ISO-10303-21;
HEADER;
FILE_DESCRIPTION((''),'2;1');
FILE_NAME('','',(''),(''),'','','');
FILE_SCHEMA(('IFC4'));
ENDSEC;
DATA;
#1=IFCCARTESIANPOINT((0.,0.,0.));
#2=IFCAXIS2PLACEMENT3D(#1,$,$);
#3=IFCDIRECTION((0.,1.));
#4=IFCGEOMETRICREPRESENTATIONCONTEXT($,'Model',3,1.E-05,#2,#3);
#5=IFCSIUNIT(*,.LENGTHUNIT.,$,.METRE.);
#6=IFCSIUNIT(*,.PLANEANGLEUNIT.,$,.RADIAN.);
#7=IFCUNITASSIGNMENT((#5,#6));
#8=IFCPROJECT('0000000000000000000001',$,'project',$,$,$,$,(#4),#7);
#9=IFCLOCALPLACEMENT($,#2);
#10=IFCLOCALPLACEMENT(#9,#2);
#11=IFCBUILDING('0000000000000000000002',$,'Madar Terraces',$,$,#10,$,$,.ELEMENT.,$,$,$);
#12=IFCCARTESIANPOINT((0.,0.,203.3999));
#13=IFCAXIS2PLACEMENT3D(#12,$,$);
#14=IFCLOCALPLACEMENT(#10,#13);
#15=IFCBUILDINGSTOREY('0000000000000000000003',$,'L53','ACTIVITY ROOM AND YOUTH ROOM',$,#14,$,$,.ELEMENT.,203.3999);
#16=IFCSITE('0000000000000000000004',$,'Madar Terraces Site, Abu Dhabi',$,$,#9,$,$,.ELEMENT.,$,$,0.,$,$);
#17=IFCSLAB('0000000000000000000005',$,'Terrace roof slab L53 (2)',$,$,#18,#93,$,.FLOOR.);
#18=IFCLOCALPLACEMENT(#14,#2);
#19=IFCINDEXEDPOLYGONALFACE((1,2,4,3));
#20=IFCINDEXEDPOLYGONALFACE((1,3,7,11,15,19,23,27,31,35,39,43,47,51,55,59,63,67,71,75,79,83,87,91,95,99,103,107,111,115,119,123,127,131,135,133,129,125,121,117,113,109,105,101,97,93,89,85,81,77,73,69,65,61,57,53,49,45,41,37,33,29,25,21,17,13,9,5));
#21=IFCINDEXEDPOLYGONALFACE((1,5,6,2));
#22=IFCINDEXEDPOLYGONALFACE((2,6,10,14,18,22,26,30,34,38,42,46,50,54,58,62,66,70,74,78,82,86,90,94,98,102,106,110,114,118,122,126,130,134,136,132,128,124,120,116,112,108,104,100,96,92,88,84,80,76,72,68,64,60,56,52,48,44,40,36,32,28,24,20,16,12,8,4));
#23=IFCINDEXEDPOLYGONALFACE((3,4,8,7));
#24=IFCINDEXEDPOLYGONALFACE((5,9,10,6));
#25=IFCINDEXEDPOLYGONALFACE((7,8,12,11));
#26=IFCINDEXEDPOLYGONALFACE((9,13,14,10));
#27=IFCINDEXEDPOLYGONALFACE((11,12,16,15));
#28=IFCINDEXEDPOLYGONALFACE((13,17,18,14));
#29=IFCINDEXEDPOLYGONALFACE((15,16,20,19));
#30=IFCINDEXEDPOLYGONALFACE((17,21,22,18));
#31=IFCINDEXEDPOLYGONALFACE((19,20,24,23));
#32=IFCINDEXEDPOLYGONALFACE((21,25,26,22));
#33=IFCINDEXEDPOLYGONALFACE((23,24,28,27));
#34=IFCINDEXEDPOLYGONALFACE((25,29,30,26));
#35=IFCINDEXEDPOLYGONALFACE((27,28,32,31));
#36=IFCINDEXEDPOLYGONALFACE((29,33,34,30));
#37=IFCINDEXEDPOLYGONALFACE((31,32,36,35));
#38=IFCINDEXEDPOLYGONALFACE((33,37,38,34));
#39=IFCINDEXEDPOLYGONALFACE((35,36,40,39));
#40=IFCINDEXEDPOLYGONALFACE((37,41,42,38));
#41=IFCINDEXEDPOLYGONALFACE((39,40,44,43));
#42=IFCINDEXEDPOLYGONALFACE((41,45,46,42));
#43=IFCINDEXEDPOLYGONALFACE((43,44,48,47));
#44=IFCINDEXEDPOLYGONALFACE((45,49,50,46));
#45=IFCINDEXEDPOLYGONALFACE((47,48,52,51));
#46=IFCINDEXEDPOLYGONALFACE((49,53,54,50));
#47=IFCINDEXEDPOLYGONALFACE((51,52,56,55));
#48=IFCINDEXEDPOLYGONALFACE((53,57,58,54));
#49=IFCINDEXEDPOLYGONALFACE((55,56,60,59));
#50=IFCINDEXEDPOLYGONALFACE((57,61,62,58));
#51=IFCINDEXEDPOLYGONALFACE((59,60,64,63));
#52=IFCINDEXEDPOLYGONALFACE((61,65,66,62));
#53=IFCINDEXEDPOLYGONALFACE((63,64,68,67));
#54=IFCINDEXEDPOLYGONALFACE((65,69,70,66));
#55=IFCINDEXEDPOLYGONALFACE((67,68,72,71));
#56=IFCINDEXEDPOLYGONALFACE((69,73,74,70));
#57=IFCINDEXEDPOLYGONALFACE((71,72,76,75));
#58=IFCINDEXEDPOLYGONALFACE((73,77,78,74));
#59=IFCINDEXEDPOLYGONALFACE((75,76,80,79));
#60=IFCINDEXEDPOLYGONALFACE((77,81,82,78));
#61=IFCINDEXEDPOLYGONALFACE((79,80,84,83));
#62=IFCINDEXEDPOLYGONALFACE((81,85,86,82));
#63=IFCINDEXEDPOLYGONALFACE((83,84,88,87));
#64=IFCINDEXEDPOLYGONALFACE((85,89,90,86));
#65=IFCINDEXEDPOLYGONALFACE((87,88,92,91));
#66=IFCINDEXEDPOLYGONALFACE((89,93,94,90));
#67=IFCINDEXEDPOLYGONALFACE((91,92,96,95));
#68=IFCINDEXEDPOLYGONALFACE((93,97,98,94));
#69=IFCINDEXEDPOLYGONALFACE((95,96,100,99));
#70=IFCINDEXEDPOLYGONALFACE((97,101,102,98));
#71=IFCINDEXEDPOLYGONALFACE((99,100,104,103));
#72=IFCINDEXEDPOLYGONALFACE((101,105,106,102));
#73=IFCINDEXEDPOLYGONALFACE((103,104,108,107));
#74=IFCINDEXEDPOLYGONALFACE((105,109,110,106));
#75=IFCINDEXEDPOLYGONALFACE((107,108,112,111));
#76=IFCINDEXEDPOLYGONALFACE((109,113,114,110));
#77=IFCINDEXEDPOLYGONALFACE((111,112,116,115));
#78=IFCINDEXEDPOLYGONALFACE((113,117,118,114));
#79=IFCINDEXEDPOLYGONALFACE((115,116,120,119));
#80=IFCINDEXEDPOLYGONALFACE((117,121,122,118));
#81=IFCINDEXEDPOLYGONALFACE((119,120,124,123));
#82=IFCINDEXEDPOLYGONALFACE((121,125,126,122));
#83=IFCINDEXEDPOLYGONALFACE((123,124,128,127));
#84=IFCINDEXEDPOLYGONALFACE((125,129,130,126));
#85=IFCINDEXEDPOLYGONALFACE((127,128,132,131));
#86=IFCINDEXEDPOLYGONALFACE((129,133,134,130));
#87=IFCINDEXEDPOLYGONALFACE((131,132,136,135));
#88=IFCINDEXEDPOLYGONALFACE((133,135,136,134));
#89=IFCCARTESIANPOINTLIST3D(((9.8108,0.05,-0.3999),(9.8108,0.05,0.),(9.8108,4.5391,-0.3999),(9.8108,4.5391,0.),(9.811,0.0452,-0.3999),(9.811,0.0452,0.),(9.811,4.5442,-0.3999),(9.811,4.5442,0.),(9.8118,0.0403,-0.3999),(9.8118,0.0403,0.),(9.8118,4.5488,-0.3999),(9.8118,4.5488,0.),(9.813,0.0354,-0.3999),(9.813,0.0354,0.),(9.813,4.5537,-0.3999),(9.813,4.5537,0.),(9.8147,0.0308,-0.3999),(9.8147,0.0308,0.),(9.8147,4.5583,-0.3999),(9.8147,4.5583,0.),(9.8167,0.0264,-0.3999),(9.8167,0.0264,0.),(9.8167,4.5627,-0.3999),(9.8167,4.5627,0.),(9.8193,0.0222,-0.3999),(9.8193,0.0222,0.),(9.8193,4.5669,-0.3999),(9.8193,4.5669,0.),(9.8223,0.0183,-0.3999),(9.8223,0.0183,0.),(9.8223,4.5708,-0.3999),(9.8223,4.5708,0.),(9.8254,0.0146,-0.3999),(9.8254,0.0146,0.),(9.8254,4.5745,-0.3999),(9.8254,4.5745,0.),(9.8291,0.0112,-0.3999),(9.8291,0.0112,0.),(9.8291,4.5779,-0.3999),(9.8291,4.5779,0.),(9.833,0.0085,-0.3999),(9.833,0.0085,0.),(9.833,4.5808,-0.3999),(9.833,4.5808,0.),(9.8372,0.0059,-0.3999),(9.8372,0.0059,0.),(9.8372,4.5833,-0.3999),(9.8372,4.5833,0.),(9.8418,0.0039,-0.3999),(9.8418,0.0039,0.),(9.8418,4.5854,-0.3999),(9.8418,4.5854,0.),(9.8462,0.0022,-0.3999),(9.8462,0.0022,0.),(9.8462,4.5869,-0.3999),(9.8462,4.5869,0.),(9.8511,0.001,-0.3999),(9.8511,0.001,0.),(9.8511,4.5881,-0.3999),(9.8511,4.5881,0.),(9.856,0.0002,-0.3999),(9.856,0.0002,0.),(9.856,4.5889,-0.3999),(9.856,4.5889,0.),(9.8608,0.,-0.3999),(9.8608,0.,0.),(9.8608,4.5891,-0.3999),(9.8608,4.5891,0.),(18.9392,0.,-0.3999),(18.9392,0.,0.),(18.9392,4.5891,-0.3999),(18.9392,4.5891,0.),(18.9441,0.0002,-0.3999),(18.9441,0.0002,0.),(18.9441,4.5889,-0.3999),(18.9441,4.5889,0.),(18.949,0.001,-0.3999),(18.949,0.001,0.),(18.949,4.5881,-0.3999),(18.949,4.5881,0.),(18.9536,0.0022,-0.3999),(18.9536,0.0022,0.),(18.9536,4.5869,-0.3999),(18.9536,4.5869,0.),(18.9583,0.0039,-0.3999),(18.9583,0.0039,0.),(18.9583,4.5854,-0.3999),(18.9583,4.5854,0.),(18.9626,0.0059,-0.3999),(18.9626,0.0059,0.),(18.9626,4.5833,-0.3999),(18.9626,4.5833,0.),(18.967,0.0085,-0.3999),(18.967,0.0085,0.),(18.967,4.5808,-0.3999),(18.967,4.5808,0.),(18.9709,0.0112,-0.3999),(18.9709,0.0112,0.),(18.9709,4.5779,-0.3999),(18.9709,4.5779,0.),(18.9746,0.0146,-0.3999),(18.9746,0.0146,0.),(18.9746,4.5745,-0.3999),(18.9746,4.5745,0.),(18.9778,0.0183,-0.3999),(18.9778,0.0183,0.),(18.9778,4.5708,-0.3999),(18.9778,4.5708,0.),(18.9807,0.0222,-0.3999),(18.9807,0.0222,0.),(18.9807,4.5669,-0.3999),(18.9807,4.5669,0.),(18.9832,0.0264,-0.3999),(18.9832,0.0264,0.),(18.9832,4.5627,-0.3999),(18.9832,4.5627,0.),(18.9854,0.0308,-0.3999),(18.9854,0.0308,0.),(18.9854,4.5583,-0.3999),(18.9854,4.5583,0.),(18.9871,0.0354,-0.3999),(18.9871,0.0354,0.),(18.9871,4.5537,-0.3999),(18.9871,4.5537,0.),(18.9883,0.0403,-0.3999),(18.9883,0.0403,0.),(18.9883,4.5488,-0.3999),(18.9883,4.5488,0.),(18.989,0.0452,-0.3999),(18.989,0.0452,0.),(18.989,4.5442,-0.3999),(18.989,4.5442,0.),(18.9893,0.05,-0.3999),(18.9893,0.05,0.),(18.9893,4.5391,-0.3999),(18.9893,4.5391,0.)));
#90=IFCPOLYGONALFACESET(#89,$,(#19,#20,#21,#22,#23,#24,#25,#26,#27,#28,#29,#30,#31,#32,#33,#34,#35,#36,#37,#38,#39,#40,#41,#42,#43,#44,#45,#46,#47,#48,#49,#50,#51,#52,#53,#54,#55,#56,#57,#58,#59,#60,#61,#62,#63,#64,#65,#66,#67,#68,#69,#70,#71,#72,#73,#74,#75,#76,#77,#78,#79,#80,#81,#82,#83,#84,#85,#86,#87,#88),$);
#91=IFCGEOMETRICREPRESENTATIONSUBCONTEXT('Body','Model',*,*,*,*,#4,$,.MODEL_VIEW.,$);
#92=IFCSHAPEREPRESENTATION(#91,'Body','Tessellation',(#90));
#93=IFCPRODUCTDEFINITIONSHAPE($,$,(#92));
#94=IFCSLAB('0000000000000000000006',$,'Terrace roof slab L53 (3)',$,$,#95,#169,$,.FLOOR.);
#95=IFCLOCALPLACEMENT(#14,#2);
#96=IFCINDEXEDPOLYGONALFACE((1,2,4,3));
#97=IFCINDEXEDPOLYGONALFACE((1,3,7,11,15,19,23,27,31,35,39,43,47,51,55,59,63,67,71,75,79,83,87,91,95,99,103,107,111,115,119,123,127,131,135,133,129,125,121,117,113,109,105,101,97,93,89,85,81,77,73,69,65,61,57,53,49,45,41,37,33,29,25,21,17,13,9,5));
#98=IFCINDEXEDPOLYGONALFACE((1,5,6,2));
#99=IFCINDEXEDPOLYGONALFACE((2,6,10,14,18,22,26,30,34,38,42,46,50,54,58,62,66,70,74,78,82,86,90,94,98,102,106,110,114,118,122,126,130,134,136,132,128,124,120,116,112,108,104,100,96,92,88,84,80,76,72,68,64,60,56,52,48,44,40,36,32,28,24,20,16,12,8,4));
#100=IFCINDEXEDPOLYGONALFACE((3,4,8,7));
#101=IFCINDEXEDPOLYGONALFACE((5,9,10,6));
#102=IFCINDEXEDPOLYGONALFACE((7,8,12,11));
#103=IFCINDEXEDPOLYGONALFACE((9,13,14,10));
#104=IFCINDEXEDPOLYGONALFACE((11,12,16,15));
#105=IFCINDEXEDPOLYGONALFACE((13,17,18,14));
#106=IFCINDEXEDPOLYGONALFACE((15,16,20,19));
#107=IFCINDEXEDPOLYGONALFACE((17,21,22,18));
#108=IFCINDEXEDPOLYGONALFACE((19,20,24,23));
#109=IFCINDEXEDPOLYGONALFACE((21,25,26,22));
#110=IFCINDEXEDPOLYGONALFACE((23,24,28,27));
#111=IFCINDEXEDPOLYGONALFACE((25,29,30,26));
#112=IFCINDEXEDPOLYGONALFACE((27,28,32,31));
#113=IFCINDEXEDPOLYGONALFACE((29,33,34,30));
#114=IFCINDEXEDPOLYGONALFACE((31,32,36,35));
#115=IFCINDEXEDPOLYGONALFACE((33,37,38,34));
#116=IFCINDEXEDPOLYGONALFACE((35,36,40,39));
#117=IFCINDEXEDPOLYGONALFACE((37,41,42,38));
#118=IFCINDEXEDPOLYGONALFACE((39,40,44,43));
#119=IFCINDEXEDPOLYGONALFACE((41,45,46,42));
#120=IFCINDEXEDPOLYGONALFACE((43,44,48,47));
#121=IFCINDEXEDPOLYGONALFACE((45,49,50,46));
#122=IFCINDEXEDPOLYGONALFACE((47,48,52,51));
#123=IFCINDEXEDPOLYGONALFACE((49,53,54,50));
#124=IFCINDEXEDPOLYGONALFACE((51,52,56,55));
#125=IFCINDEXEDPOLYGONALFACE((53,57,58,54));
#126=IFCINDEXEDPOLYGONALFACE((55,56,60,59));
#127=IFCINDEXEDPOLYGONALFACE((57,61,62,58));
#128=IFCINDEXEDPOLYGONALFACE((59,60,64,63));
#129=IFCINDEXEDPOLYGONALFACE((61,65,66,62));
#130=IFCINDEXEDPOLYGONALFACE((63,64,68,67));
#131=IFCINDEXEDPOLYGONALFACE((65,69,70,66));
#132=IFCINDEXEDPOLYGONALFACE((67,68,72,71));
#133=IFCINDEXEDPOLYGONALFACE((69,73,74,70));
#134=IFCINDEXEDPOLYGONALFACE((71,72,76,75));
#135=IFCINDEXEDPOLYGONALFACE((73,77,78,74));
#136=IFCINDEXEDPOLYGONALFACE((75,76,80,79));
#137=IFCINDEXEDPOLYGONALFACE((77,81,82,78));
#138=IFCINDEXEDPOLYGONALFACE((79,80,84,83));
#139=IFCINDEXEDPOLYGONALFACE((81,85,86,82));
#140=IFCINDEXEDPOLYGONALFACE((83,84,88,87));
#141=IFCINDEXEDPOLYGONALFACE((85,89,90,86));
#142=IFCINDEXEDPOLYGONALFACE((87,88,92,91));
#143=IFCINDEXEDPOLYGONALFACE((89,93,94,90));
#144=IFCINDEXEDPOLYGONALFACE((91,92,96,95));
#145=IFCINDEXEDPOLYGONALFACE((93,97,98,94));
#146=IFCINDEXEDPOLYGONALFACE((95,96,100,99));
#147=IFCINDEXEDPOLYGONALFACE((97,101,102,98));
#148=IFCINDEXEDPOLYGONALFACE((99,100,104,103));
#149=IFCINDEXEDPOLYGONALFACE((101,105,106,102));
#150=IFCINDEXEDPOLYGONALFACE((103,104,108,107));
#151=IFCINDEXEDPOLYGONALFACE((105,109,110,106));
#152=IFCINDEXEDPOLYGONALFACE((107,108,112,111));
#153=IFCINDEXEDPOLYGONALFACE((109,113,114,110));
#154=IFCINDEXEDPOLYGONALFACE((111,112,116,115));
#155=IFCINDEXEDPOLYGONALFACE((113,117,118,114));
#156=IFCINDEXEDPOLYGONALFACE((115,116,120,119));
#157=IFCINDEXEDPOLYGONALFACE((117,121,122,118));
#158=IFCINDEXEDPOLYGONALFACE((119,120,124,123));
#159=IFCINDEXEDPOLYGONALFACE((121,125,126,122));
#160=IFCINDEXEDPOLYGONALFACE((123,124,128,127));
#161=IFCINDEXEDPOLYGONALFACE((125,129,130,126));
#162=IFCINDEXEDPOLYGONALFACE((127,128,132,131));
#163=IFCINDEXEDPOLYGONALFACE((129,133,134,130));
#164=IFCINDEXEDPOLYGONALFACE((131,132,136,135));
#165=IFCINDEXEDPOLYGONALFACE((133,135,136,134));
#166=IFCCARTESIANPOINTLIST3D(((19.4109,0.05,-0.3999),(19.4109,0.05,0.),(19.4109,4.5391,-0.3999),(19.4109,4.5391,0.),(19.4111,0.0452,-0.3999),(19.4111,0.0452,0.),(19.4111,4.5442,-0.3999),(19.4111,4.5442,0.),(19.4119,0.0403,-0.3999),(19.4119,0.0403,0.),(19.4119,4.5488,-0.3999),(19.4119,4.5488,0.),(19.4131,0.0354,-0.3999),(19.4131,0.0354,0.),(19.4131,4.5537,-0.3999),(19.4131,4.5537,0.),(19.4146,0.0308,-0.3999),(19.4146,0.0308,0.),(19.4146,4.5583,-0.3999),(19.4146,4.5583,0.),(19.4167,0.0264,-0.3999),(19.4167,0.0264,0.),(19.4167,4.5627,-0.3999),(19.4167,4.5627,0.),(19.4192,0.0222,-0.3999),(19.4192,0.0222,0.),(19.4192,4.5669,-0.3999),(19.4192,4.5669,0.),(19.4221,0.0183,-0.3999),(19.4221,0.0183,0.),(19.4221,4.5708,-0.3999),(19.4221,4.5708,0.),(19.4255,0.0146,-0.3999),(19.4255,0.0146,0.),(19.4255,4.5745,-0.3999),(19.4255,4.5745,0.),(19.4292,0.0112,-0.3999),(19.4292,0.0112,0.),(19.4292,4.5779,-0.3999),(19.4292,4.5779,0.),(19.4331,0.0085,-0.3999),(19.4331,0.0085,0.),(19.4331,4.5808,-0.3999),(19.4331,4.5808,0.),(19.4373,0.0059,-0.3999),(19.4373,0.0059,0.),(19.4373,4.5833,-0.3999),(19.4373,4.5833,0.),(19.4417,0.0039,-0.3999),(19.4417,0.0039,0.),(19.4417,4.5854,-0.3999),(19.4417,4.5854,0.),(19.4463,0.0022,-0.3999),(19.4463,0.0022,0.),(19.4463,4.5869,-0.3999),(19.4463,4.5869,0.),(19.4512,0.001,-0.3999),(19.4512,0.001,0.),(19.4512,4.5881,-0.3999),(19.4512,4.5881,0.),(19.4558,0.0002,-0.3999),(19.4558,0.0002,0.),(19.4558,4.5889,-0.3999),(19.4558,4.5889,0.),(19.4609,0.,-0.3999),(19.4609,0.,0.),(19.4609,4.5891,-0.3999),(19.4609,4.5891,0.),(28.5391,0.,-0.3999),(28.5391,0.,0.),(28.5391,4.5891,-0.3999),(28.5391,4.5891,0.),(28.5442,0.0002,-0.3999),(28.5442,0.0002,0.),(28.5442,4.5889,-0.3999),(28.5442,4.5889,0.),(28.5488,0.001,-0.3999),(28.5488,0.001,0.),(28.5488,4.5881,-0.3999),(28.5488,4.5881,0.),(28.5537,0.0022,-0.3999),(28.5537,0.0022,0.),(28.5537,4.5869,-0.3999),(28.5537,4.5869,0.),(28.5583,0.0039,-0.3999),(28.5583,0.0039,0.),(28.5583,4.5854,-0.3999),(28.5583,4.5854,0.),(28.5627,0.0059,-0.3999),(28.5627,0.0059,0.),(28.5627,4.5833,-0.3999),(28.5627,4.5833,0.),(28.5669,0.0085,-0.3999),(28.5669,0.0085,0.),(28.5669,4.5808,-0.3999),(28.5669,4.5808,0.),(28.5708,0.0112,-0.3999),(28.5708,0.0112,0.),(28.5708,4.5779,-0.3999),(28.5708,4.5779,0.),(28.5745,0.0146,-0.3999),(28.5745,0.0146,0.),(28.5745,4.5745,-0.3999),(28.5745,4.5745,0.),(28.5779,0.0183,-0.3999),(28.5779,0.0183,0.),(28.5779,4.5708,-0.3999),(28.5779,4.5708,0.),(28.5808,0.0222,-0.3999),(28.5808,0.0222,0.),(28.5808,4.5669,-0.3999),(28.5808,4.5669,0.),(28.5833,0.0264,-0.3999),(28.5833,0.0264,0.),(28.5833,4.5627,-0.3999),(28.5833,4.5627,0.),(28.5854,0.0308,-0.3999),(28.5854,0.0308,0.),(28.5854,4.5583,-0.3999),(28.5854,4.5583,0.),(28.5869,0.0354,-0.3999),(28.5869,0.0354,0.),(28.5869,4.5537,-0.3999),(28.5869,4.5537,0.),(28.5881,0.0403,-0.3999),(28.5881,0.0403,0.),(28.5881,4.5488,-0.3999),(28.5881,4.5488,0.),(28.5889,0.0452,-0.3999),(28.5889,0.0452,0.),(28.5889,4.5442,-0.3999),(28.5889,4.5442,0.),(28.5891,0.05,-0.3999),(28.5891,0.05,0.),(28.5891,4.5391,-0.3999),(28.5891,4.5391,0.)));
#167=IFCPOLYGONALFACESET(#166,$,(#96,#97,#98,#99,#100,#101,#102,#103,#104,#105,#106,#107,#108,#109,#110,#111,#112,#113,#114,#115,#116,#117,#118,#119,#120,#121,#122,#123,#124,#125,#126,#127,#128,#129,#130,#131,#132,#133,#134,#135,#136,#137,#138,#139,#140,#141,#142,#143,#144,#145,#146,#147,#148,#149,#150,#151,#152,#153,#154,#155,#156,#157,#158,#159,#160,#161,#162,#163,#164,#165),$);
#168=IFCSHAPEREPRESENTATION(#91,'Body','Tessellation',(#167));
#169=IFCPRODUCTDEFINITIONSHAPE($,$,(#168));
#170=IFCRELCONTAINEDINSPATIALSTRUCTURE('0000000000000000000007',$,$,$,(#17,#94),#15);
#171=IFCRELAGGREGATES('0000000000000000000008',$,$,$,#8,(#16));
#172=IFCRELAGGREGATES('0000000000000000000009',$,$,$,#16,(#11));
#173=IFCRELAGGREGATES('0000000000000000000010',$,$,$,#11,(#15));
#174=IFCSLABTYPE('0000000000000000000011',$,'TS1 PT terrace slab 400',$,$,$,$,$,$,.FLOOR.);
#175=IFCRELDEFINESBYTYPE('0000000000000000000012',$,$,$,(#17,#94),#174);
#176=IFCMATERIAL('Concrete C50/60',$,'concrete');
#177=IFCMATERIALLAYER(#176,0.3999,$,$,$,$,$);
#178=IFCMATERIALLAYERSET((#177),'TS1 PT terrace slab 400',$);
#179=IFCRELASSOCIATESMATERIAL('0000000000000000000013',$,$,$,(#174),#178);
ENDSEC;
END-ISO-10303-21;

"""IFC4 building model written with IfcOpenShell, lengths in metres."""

from ifc_helpers import new_model, si_unit, direction, frame, origin, place, context, subcontext, project, spatial, polyline, outline, extrude, material, layer, layer_set, type_object, element, save


model = new_model("IFC4")

# Units and contexts
model_context = context("Model", 3, precision=1e-05, world=origin(), true_north=direction((0.0, 1.0)))
body_context = subcontext(model_context, "Body", "Model", "MODEL_VIEW")
ifc_project = project(units=[si_unit("LENGTHUNIT", "METRE"), si_unit("PLANEANGLEUNIT", "RADIAN")], contexts=[model_context])

# Site, building, storey
site_placement = place(None, origin())
site = spatial("IfcSite", under=ifc_project, at=site_placement, Name="Madar Terraces Site, Abu Dhabi", CompositionType="ELEMENT", RefElevation=0.0)
building_placement = place(site_placement, origin())
building = spatial("IfcBuilding", under=site, at=building_placement, Name="Madar Terraces", CompositionType="ELEMENT")
storey_placement = place(building_placement, frame((0.0, 0.0, 203.3999)))
storey = spatial("IfcBuildingStorey", under=building, at=storey_placement, Name="L53", Description="ACTIVITY ROOM AND YOUTH ROOM", CompositionType="ELEMENT", Elevation=203.3999)

# Slabs
ifc_material_1 = material(Name="Concrete C50/60", Category="concrete")
ifc_layer_1 = layer(ifc_material_1, 0.3999)
ifc_layer_set_1 = layer_set([ifc_layer_1], Name="TS1 PT terrace slab 400")
slab_type_1 = type_object("IfcSlabType", Name="TS1 PT terrace slab 400", PredefinedType="FLOOR", material=ifc_layer_set_1)
slab_1_placement = place(storey_placement, frame((0.0, 0.0, -0.3999)))
element("IfcSlab", 1, at=slab_1_placement, inside=storey, type_object=slab_type_1, Name="Terrace roof slab L53 (2)", PredefinedType="FLOOR", context=body_context, shape_type="SweptSolid", body=[
    extrude(outline(polyline([(9.856, 0.0002), (9.8608, 0.0), (18.9392, 0.0), (18.9441, 0.0002), (18.949, 0.001), (18.9536, 0.0022), (18.9583, 0.0039), (18.9626, 0.0059), (18.967, 0.0085), (18.9709, 0.0112), (18.9746, 0.0146), (18.9778, 0.0183), (18.9807, 0.0222), (18.9832, 0.0264), (18.9854, 0.0308), (18.9871, 0.0354), (18.9883, 0.0403), (18.989, 0.0452), (18.9893, 0.05), (18.9893, 4.5391), (18.989, 4.5442), (18.9883, 4.5488), (18.9871, 4.5537), (18.9854, 4.5583), (18.9832, 4.5627), (18.9807, 4.5669), (18.9778, 4.5708), (18.9746, 4.5745), (18.9709, 4.5779), (18.967, 4.5808), (18.9626, 4.5833), (18.9583, 4.5854), (18.9536, 4.5869), (18.949, 4.5881), (18.9441, 4.5889), (18.9392, 4.5891), (9.8608, 4.5891), (9.856, 4.5889), (9.8511, 4.5881), (9.8462, 4.5869), (9.8418, 4.5854), (9.8372, 4.5833), (9.833, 4.5808), (9.8291, 4.5779), (9.8254, 4.5745), (9.8223, 4.5708), (9.8193, 4.5669), (9.8167, 4.5627), (9.8147, 4.5583), (9.813, 4.5537), (9.8118, 4.5488), (9.811, 4.5442), (9.8108, 4.5391), (9.8108, 0.05), (9.811, 0.0452), (9.8118, 0.0403), (9.813, 0.0354), (9.8147, 0.0308), (9.8167, 0.0264), (9.8193, 0.0222), (9.8223, 0.0183), (9.8254, 0.0146), (9.8291, 0.0112), (9.833, 0.0085), (9.8372, 0.0059), (9.8418, 0.0039), (9.8462, 0.0022), (9.8511, 0.001), (9.856, 0.0002)])), origin(), (0.0, 0.0, 1.0), 0.3999),
])
slab_2_placement = place(storey_placement, frame((0.0, 0.0, -0.3999)))
element("IfcSlab", 2, at=slab_2_placement, inside=storey, type_object=slab_type_1, Name="Terrace roof slab L53 (3)", PredefinedType="FLOOR", context=body_context, shape_type="SweptSolid", body=[
    extrude(outline(polyline([(19.4512, 0.001), (19.4558, 0.0002), (19.4609, 0.0), (28.5391, 0.0), (28.5442, 0.0002), (28.5488, 0.001), (28.5537, 0.0022), (28.5583, 0.0039), (28.5627, 0.0059), (28.5669, 0.0085), (28.5708, 0.0112), (28.5745, 0.0146), (28.5779, 0.0183), (28.5808, 0.0222), (28.5833, 0.0264), (28.5854, 0.0308), (28.5869, 0.0354), (28.5881, 0.0403), (28.5889, 0.0452), (28.5891, 0.05), (28.5891, 4.5391), (28.5889, 4.5442), (28.5881, 4.5488), (28.5869, 4.5537), (28.5854, 4.5583), (28.5833, 4.5627), (28.5808, 4.5669), (28.5779, 4.5708), (28.5745, 4.5745), (28.5708, 4.5779), (28.5669, 4.5808), (28.5627, 4.5833), (28.5583, 4.5854), (28.5537, 4.5869), (28.5488, 4.5881), (28.5442, 4.5889), (28.5391, 4.5891), (19.4609, 4.5891), (19.4558, 4.5889), (19.4512, 4.5881), (19.4463, 4.5869), (19.4417, 4.5854), (19.4373, 4.5833), (19.4331, 4.5808), (19.4292, 4.5779), (19.4255, 4.5745), (19.4221, 4.5708), (19.4192, 4.5669), (19.4167, 4.5627), (19.4146, 4.5583), (19.4131, 4.5537), (19.4119, 4.5488), (19.4111, 4.5442), (19.4109, 4.5391), (19.4109, 0.05), (19.4111, 0.0452), (19.4119, 0.0403), (19.4131, 0.0354), (19.4146, 0.0308), (19.4167, 0.0264), (19.4192, 0.0222), (19.4221, 0.0183), (19.4255, 0.0146), (19.4292, 0.0112), (19.4331, 0.0085), (19.4373, 0.0059), (19.4417, 0.0039), (19.4463, 0.0022), (19.4512, 0.001)])), origin(), (0.0, 0.0, 1.0), 0.3999),
])

save(model, "model.ifc")
